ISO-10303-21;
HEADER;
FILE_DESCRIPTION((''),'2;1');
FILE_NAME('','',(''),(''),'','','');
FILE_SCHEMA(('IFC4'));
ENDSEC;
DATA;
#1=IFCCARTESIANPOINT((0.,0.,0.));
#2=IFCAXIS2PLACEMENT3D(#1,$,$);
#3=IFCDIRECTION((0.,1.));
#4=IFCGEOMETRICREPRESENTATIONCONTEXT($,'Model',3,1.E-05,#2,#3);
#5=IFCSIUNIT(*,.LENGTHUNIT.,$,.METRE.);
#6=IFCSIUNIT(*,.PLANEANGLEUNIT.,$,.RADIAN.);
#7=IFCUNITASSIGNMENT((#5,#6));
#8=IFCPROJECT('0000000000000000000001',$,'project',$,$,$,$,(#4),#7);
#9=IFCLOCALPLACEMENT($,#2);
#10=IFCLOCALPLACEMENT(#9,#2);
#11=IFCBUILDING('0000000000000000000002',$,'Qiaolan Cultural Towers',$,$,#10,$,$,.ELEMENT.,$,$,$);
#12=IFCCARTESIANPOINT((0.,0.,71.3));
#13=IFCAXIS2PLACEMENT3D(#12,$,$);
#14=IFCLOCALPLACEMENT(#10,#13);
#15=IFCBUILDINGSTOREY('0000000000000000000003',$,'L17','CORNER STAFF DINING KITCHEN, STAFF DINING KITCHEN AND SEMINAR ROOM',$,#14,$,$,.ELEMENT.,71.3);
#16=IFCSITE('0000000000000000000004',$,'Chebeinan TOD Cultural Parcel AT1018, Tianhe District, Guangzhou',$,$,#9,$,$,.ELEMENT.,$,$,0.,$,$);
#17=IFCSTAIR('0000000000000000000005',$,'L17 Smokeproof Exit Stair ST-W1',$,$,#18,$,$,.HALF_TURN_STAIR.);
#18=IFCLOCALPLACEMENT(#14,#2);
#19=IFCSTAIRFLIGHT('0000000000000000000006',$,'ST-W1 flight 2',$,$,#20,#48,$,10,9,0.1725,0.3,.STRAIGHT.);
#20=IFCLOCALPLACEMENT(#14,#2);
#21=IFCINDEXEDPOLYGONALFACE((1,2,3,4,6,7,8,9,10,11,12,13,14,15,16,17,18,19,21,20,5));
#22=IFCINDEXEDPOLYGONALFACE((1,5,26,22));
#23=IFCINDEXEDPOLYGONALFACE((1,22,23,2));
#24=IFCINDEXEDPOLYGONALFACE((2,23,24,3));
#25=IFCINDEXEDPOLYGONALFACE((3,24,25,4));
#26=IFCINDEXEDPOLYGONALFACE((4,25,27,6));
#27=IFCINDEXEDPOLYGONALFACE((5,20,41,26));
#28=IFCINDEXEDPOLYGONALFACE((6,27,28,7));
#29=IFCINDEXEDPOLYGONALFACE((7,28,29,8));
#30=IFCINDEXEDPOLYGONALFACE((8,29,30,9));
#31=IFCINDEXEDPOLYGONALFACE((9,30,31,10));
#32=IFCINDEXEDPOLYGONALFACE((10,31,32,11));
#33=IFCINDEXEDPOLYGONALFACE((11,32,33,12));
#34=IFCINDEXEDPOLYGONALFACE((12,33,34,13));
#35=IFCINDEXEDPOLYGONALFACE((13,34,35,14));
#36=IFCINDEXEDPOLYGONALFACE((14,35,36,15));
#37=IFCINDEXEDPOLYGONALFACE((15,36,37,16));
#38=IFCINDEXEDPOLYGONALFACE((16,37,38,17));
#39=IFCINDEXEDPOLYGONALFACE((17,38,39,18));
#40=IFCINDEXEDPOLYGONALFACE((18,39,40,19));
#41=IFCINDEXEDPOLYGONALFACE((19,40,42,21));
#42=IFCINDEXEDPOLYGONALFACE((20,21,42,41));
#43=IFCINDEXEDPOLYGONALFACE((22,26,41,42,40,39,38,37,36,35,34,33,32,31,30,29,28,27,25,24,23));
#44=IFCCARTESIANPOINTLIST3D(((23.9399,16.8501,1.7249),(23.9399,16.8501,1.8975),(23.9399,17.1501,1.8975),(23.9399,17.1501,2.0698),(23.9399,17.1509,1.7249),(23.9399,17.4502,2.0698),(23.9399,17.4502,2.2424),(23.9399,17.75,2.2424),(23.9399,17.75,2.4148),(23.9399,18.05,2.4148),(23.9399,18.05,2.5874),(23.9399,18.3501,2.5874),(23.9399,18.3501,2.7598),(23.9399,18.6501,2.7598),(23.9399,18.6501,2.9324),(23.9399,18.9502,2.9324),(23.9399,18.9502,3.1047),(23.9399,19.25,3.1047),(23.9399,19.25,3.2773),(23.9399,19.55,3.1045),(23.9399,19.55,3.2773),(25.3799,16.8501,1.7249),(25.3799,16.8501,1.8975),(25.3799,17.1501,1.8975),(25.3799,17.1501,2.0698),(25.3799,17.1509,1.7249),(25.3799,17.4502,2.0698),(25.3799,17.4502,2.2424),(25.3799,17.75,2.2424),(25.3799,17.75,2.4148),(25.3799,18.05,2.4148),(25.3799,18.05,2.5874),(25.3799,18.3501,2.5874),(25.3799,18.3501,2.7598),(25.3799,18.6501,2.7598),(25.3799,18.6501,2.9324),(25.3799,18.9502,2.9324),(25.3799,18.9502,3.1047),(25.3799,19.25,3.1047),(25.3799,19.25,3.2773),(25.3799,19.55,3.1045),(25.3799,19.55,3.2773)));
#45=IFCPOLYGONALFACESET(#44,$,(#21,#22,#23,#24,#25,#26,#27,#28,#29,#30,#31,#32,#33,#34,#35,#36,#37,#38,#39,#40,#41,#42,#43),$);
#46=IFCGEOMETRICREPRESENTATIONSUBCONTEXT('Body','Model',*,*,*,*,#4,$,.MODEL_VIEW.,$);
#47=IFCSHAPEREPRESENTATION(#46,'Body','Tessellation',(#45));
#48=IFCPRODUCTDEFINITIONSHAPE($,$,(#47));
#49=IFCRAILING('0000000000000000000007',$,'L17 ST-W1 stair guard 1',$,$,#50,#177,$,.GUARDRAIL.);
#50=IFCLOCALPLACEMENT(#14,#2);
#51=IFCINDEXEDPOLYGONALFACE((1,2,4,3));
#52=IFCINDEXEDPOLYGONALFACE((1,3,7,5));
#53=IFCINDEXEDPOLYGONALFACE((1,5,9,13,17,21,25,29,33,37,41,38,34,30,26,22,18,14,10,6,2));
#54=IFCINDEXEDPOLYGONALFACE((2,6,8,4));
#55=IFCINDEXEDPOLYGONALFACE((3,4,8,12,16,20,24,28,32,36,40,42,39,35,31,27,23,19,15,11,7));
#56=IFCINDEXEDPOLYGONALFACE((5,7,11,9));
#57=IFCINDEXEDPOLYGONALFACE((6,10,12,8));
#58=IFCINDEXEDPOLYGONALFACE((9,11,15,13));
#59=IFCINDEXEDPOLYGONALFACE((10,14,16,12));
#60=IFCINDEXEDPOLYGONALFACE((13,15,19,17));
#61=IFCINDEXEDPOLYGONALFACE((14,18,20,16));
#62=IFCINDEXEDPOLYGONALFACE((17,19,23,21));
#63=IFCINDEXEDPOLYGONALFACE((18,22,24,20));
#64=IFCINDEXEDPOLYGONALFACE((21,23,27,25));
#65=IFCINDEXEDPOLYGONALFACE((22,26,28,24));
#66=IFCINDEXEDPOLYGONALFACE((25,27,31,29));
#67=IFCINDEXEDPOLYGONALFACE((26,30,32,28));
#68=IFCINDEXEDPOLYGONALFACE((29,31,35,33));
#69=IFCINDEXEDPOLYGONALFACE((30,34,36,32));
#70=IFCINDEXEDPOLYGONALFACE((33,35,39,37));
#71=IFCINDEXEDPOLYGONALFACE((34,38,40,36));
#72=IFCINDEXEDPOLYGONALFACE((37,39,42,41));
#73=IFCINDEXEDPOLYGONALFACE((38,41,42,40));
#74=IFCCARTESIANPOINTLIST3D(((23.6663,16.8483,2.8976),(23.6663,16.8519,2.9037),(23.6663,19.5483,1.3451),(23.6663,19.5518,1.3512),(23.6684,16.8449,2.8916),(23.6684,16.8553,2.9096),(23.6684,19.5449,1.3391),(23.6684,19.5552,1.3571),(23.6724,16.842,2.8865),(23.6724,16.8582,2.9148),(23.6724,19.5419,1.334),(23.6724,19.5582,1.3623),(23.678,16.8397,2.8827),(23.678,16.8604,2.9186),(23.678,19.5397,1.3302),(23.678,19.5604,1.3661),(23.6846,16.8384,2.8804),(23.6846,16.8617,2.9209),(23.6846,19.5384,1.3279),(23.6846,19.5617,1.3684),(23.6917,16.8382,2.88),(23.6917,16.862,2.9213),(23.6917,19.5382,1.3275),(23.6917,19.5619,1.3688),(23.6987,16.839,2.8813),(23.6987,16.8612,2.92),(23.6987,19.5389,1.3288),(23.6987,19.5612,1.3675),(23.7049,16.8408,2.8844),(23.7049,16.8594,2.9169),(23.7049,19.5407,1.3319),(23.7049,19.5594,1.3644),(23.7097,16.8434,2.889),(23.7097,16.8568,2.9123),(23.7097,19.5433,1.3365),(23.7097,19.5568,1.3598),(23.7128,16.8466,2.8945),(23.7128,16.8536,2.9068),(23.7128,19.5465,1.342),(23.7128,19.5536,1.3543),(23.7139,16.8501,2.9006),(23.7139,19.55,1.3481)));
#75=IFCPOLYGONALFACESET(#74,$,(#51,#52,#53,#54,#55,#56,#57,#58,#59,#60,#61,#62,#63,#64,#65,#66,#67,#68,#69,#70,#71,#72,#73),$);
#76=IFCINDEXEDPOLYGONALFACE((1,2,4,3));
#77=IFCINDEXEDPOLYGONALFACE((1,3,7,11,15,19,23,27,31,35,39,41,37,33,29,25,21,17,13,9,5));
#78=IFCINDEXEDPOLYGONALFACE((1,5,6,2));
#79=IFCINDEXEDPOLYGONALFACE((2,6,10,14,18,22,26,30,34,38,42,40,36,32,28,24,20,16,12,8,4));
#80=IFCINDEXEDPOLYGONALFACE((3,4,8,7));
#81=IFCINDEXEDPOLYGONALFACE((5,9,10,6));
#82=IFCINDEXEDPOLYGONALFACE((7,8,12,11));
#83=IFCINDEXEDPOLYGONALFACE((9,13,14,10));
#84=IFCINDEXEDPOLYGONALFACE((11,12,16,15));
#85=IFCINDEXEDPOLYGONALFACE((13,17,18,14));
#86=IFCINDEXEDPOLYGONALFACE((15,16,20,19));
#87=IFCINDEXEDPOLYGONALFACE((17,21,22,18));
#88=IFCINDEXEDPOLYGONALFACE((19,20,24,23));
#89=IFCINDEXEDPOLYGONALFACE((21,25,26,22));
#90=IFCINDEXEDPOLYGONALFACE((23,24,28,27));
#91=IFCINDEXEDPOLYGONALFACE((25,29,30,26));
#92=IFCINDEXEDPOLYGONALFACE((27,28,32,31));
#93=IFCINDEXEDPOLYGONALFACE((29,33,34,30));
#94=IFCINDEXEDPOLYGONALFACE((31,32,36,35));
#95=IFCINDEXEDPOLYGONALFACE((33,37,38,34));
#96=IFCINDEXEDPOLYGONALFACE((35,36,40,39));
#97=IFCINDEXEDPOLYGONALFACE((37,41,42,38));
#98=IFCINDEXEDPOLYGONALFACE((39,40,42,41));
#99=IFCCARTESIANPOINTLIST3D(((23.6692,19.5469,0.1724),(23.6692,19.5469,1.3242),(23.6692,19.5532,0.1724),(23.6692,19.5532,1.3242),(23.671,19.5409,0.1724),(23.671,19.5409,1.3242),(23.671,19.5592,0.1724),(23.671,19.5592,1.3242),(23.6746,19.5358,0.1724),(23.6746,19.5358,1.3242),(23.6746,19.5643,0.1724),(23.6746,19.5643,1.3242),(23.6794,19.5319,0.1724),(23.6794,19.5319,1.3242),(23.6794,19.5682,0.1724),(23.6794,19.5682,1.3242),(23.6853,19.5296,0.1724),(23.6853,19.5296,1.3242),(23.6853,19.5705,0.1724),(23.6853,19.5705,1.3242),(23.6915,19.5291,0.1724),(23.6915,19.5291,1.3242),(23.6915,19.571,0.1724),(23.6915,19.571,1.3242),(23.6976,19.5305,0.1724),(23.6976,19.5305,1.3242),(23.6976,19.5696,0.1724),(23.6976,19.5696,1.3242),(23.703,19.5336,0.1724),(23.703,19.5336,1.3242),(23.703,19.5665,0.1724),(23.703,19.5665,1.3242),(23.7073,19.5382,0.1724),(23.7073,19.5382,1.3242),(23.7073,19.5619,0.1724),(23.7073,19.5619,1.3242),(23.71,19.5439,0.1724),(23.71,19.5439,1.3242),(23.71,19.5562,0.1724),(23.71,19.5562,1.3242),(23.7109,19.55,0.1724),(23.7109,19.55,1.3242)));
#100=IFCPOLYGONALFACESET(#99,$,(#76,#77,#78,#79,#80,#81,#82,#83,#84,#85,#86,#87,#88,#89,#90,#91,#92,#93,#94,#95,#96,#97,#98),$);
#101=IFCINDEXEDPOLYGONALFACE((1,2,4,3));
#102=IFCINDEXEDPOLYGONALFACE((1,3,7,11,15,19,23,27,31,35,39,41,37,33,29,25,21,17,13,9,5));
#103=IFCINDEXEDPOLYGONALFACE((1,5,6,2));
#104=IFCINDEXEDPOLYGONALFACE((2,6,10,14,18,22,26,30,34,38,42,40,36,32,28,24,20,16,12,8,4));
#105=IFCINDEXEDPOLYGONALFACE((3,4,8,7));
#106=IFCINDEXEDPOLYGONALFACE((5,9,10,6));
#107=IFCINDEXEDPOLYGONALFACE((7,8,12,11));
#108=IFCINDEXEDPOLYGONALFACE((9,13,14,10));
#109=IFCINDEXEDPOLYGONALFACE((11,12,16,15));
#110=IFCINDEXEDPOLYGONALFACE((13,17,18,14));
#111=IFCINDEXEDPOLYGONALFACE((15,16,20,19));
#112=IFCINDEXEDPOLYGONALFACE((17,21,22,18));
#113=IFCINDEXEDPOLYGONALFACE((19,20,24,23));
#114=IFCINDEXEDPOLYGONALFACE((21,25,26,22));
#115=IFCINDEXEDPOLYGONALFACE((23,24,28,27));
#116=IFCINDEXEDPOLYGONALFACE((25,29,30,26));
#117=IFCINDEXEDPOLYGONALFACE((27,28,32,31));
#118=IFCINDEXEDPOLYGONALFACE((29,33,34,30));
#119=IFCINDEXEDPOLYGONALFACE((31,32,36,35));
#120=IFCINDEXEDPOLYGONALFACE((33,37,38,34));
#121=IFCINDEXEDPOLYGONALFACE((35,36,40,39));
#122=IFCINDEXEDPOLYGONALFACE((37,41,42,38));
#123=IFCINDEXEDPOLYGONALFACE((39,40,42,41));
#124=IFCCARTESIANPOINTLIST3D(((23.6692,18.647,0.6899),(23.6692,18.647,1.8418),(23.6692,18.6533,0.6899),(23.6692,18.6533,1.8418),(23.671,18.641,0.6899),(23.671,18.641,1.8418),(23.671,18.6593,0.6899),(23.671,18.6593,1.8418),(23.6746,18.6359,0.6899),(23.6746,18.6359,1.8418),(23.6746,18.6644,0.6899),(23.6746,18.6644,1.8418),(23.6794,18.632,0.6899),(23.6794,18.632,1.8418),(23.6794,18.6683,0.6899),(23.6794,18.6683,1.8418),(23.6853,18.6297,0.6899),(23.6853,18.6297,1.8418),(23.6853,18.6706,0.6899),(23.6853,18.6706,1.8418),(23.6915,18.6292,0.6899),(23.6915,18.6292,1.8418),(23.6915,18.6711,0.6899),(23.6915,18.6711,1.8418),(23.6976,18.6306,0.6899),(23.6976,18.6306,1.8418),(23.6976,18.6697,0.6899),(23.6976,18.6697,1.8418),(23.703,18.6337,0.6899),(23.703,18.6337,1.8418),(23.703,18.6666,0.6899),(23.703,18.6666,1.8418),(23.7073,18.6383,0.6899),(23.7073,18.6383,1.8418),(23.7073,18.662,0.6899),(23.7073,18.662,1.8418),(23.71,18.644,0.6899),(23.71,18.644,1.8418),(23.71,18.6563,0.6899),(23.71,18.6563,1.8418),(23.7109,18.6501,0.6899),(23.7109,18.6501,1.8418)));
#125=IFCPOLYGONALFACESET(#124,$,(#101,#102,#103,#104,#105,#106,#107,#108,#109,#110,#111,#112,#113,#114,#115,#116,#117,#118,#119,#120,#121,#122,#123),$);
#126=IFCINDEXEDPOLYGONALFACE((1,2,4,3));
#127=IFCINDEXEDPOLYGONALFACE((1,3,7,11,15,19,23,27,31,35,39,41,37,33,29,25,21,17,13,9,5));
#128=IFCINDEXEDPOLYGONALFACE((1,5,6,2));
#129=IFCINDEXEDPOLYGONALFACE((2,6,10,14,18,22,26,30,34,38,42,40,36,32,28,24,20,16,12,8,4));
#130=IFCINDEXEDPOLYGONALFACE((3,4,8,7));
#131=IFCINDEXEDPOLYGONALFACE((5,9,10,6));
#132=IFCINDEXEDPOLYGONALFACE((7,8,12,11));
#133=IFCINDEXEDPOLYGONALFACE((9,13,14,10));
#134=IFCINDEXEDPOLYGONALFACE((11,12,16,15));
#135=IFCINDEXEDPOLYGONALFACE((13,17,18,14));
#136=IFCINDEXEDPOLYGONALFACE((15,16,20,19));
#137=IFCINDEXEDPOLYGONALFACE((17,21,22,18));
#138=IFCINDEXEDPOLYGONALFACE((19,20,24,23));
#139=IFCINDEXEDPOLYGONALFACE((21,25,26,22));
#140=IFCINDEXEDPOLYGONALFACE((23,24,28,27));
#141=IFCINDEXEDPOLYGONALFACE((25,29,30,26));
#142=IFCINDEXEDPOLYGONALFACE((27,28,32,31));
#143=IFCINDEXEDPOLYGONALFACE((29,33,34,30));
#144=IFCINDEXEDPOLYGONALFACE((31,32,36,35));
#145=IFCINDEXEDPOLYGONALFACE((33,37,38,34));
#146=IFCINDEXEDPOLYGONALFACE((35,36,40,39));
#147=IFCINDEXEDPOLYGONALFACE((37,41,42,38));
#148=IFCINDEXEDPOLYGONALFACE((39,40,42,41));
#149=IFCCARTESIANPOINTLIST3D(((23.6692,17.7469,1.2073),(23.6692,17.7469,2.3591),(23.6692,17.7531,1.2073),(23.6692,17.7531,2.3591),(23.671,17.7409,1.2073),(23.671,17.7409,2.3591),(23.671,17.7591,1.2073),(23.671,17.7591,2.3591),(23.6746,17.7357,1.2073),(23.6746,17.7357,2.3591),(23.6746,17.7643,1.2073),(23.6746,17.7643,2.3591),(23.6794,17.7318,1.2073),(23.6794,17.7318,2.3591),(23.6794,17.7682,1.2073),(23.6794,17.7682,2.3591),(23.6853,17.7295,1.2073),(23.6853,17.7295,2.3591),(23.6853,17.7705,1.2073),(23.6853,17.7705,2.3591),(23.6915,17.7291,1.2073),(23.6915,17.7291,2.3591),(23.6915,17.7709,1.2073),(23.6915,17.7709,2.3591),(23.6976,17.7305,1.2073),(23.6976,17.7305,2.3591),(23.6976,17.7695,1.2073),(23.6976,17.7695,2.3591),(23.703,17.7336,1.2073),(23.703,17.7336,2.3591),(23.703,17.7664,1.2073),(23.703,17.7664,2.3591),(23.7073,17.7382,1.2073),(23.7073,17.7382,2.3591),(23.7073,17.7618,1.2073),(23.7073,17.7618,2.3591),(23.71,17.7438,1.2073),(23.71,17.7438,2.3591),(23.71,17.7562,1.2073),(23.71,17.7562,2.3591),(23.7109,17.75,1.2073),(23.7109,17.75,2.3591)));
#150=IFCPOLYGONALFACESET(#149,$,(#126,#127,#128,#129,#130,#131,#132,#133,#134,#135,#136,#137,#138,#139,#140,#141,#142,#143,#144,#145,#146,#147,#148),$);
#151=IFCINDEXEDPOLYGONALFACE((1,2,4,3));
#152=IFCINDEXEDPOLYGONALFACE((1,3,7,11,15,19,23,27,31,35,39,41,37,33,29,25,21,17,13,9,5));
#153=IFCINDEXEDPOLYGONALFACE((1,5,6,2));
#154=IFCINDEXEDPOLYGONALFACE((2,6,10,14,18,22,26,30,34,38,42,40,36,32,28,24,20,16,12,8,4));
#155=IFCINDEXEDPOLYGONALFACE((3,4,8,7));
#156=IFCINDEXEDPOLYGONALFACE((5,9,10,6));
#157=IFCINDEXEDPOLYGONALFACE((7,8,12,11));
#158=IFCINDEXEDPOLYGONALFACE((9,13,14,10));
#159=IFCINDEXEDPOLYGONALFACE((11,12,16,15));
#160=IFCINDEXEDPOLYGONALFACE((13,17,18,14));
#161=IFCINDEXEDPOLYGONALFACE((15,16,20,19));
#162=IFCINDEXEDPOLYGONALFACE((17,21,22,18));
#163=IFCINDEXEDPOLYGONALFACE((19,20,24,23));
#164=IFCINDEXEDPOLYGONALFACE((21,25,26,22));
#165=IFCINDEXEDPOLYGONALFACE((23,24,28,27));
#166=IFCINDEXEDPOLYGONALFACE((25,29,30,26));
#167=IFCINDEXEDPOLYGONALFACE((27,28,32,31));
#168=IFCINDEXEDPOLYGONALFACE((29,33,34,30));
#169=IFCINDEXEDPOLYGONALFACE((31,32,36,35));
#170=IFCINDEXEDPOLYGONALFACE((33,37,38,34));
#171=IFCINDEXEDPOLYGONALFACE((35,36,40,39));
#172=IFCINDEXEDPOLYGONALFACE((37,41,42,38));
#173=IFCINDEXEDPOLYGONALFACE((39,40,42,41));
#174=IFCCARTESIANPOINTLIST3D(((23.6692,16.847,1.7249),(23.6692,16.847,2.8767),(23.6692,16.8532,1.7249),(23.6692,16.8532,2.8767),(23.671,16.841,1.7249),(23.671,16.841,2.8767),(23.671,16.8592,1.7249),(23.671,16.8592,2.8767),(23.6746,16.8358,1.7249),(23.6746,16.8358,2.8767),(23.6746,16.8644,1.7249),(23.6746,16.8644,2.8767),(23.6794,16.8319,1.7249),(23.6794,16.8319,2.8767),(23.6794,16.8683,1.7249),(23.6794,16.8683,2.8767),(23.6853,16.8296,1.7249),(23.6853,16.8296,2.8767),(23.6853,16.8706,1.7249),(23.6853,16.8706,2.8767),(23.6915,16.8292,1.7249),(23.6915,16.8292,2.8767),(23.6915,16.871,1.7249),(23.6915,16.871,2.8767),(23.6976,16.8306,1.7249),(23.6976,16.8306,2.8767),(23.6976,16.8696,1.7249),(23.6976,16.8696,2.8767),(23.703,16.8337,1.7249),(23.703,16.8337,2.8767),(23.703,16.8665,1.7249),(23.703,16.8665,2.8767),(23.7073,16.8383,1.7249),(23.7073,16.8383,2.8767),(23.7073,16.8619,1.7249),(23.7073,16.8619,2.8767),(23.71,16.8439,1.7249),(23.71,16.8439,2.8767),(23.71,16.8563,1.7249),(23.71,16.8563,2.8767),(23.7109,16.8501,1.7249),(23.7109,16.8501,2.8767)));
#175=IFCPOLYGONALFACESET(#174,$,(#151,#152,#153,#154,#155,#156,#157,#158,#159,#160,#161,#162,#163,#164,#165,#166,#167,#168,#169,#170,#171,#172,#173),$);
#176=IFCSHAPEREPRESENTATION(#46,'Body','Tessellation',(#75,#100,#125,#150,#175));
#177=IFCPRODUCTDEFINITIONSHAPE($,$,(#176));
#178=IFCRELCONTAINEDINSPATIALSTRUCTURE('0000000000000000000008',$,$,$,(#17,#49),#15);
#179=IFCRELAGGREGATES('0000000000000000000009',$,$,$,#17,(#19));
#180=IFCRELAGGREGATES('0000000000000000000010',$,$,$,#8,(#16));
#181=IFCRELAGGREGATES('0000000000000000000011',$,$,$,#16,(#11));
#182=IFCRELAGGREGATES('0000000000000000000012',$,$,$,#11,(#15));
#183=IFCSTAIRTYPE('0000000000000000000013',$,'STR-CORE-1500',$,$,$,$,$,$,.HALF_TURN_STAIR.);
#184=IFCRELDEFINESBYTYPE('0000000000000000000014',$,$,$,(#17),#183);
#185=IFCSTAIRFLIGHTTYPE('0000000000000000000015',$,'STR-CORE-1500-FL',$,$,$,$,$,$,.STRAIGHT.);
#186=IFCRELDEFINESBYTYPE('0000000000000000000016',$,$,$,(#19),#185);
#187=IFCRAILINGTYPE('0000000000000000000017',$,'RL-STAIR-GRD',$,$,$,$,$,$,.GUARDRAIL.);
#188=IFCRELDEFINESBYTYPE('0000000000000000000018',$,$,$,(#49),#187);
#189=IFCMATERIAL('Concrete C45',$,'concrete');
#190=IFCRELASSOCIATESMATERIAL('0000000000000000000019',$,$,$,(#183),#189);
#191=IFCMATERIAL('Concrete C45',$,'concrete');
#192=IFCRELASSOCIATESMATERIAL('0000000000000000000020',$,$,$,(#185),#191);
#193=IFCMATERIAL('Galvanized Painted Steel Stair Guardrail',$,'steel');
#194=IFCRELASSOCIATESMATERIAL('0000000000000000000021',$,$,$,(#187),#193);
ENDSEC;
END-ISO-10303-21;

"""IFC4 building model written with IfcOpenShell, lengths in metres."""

from ifc_helpers import new_model, si_unit, direction, frame, origin, origin_2d, place, context, subcontext, project, spatial, polyline, circle, outline, extrude, material, type_object, element, aggregate, save


model = new_model("IFC4")

# Units and contexts
model_context = context("Model", 3, precision=1e-05, world=origin(), true_north=direction((0.0, 1.0)))
body_context = subcontext(model_context, "Body", "Model", "MODEL_VIEW")
ifc_project = project(units=[si_unit("LENGTHUNIT", "METRE"), si_unit("PLANEANGLEUNIT", "RADIAN")], contexts=[model_context])

# Site, building, storey
site_placement = place(None, origin())
site = spatial("IfcSite", under=ifc_project, at=site_placement, Name="Chebeinan TOD Cultural Parcel AT1018, Tianhe District, Guangzhou", CompositionType="ELEMENT", RefElevation=0.0)
building_placement = place(site_placement, origin())
building = spatial("IfcBuilding", under=site, at=building_placement, Name="Qiaolan Cultural Towers", CompositionType="ELEMENT")
storey_placement = place(building_placement, frame((0.0, 0.0, 71.3)))
storey = spatial("IfcBuildingStorey", under=building, at=storey_placement, Name="L17", Description="CORNER STAFF DINING KITCHEN, STAFF DINING KITCHEN AND SEMINAR ROOM", CompositionType="ELEMENT", Elevation=71.3)

# Stair, stair flight
ifc_material_1 = material(Name="Concrete C45", Category="concrete")
stair_type = type_object("IfcStairType", Name="STR-CORE-1500", PredefinedType="HALF_TURN_STAIR", material=ifc_material_1)
stair_placement = place(storey_placement, origin())
stair = element("IfcStair", 1, at=stair_placement, inside=storey, type_object=stair_type, Name="L17 Smokeproof Exit Stair ST-W1", PredefinedType="HALF_TURN_STAIR")
ifc_material_2 = material(Name="Concrete C45", Category="concrete")
stair_flight_type = type_object("IfcStairFlightType", Name="STR-CORE-1500-FL", PredefinedType="STRAIGHT", material=ifc_material_2)
stair_flight_1_placement = place(storey_placement, frame((24.6599, 16.8501, 1.7249), z_axis=(0.0, 0.0, 1.0), x_axis=(0.0, 1.0, 0.0)))
stair_flight_1 = element("IfcStairFlight", 2, at=stair_flight_1_placement, type_object=stair_flight_type, Name="ST-W1 flight 2", NumberOfRisers=10, NumberOfTreads=9, PredefinedType="STRAIGHT", RiserHeight=0.1725, TreadLength=0.3, context=body_context, shape_type="SweptSolid", body=[
    extrude(outline(polyline([(0.0, 0.0), (0.0, 0.1726), (0.3, 0.1726), (0.3, 0.345), (0.6001, 0.345), (0.6001, 0.5176), (0.8999, 0.5176), (0.8999, 0.6899), (1.2, 0.6899), (1.2, 0.8625), (1.5, 0.8625), (1.5, 1.0349), (1.8, 1.0349), (1.8, 1.2075), (2.1001, 1.2075), (2.1001, 1.3799), (2.3999, 1.3799), (2.3999, 1.5525), (2.7, 1.5525), (2.7, 1.7251), (2.7, 1.3796), (0.3008, 0.0), (0.0, 0.0)])), frame((0.0, 0.72, 0.0), z_axis=(0.0, -1.0, 0.0), x_axis=(1.0, 0.0, 0.0)), (0.0, 0.0, 1.0), 1.4399),
])
aggregate(stair, [stair_flight_1])

# Railing
ifc_material_3 = material(Name="Galvanized Painted Steel Stair Guardrail", Category="steel")
railing_type_1 = type_object("IfcRailingType", Name="RL-STAIR-GRD", PredefinedType="GUARDRAIL", material=ifc_material_3)
railing_1_placement = place(storey_placement, frame((23.6899, 19.55, 0.1724)))
element("IfcRailing", 3, at=railing_1_placement, inside=storey, type_object=railing_type_1, Name="L17 ST-W1 stair guard 1", PredefinedType="GUARDRAIL", context=body_context, shape_type="SweptSolid", body=[
    extrude(circle(Radius=0.0239, at=origin_2d()), frame((0.0, 0.0, 1.1758), z_axis=(0.0, -0.866904, 0.498476), x_axis=(1.0, 0.0, 0.0)), (0.0, 0.0, 1.0), 3.1145),
    extrude(circle(Radius=0.021, at=origin_2d()), origin(), (0.0, 0.0, 1.0), 1.1519),
    extrude(circle(Radius=0.021, at=origin_2d()), frame((0.0, -0.8999, 0.5176)), (0.0, 0.0, 1.0), 1.1519),
    extrude(circle(Radius=0.021, at=origin_2d()), frame((0.0, -1.8, 1.0349)), (0.0, 0.0, 1.0), 1.1519),
    extrude(circle(Radius=0.021, at=origin_2d()), frame((0.0, -2.7, 1.5525)), (0.0, 0.0, 1.0), 1.1519),
])

save(model, "model.ifc")
